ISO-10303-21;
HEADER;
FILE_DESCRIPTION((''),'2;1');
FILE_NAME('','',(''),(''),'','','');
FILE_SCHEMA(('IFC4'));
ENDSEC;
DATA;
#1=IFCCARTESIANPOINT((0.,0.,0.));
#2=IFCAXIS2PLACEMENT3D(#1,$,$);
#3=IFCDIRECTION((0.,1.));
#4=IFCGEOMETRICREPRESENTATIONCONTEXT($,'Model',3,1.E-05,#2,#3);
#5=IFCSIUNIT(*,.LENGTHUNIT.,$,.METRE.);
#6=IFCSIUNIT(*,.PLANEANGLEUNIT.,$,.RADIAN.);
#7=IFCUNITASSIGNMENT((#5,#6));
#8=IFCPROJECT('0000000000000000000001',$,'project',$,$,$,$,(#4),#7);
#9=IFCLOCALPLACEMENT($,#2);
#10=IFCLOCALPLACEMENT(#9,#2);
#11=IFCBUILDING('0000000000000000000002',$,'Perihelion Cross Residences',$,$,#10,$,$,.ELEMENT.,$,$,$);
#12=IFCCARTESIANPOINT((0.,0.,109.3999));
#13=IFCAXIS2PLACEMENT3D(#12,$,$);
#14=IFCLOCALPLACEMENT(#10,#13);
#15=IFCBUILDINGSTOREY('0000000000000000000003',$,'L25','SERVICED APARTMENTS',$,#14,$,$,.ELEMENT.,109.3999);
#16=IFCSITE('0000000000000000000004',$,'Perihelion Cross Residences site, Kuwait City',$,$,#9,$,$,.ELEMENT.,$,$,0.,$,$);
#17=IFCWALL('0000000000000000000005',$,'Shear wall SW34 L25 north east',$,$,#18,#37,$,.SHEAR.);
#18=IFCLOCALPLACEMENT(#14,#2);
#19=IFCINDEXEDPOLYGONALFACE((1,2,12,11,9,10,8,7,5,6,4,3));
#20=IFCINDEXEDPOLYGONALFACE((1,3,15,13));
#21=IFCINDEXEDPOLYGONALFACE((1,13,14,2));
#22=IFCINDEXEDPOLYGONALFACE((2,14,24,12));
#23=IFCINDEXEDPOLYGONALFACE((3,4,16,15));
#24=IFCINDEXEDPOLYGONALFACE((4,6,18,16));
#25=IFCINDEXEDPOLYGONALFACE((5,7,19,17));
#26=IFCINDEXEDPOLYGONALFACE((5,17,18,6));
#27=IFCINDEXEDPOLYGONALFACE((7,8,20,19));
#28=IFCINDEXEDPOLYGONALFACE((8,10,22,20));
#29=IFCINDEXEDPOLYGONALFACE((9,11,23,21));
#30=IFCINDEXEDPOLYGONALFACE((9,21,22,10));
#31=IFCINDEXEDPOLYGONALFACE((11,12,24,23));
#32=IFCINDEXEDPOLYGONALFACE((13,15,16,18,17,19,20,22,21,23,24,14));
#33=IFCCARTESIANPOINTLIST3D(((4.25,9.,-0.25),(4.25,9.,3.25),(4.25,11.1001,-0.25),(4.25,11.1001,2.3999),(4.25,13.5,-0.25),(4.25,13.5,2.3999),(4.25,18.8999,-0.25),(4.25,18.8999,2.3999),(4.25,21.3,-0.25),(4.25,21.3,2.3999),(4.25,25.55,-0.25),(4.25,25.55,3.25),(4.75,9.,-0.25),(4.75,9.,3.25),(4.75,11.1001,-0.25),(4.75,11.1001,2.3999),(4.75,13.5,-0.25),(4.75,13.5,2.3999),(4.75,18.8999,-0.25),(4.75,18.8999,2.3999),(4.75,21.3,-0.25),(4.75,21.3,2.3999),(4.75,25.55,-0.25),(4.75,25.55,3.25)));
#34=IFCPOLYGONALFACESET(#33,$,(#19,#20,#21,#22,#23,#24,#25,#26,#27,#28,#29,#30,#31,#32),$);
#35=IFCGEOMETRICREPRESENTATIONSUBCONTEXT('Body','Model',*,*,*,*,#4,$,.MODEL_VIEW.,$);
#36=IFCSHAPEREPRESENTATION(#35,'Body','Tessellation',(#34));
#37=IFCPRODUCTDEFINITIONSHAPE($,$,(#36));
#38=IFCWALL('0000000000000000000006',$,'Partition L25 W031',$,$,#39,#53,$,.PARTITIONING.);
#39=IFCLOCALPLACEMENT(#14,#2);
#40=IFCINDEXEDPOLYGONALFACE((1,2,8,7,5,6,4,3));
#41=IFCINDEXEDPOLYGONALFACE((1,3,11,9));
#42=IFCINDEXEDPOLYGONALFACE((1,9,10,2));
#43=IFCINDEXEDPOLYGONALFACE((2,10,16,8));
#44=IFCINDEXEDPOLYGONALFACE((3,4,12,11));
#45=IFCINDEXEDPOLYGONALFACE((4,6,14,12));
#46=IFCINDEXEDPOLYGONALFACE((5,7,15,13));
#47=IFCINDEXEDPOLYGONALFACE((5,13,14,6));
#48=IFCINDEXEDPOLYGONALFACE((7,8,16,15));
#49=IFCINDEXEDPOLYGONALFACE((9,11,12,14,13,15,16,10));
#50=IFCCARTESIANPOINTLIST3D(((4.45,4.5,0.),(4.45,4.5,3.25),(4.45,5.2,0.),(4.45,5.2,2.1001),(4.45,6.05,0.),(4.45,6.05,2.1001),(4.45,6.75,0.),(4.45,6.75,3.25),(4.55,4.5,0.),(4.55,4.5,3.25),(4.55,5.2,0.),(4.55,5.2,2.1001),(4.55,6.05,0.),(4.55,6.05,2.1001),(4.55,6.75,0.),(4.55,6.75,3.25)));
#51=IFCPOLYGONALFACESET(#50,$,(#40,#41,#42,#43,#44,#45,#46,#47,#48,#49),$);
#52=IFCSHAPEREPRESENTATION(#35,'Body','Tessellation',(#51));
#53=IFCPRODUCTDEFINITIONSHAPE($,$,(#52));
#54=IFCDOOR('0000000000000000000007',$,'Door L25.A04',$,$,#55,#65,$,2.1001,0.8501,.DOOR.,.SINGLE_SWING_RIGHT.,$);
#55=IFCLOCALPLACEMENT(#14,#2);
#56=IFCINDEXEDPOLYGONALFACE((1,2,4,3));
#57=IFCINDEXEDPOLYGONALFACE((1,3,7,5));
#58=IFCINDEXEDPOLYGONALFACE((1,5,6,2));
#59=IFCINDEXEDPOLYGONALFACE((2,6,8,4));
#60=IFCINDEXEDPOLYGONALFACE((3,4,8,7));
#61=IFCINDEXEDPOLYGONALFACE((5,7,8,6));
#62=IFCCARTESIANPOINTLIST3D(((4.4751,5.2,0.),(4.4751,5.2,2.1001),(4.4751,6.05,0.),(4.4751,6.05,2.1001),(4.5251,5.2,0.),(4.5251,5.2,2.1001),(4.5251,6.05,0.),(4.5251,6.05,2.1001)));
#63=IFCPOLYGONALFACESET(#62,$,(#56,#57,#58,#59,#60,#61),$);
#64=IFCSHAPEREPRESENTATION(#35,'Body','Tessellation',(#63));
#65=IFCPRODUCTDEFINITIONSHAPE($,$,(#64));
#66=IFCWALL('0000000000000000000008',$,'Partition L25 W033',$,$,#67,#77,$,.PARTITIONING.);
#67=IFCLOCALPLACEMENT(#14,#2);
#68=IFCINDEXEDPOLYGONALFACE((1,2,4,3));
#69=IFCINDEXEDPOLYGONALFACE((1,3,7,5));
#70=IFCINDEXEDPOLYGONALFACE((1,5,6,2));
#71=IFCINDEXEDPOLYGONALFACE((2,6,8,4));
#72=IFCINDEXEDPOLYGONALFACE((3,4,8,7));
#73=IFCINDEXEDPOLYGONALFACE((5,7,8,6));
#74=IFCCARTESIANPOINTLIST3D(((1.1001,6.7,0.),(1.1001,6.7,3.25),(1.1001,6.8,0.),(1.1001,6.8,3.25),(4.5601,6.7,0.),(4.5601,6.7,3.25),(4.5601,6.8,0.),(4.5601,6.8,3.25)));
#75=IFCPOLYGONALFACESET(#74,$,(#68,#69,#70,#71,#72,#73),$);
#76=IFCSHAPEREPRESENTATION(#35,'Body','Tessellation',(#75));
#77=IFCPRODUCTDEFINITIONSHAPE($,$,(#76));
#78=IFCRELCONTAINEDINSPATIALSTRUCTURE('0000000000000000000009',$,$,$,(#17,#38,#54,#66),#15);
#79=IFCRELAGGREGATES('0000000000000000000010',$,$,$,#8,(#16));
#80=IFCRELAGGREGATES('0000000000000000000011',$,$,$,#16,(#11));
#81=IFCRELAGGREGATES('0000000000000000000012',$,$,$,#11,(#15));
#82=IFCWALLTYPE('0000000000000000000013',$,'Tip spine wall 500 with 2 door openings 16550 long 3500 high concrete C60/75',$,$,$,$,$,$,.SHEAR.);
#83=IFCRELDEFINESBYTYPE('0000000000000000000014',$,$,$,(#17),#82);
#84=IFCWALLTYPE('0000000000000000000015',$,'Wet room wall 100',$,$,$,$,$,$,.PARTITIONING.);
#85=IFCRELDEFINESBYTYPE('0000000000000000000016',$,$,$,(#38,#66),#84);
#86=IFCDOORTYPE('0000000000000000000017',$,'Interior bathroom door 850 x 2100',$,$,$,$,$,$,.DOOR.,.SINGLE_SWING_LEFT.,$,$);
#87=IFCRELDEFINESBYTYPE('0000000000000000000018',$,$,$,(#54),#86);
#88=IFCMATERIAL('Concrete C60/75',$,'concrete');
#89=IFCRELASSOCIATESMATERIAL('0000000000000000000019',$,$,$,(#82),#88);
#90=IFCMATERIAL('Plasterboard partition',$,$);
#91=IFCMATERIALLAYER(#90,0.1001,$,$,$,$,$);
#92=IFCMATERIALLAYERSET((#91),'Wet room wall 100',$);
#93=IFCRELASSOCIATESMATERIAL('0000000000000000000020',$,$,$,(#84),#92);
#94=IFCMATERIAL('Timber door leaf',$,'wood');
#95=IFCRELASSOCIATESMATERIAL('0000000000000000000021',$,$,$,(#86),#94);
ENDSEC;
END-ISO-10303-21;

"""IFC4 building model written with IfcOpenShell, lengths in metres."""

from ifc_helpers import new_model, si_unit, direction, frame, frame_2d, origin, place, context, subcontext, project, spatial, polyline, rectangle, outline, extrude, material, layer, layer_set, material_profile, profile_set, type_object, element, fill, save


model = new_model("IFC4")

# Units and contexts
model_context = context("Model", 3, precision=1e-05, world=origin(), true_north=direction((0.0, 1.0)))
body_context = subcontext(model_context, "Body", "Model", "MODEL_VIEW")
ifc_project = project(units=[si_unit("LENGTHUNIT", "METRE"), si_unit("PLANEANGLEUNIT", "RADIAN")], contexts=[model_context])

# Site, building, storey
site_placement = place(None, origin())
site = spatial("IfcSite", under=ifc_project, at=site_placement, Name="Perihelion Cross Residences site, Kuwait City", CompositionType="ELEMENT", RefElevation=0.0)
building_placement = place(site_placement, origin())
building = spatial("IfcBuilding", under=site, at=building_placement, Name="Perihelion Cross Residences", CompositionType="ELEMENT")
storey_placement = place(building_placement, frame((0.0, 0.0, 109.3999)))
storey = spatial("IfcBuildingStorey", under=building, at=storey_placement, Name="L25", Description="SERVICED APARTMENTS", CompositionType="ELEMENT", Elevation=109.3999)

# Wall
ifc_material_1 = material(Name="Concrete C60/75", Category="concrete")
ifc_material_profile_1 = material_profile(ifc_material_1, outline(polyline([(0.0, 0.0), (2.1001, 0.0), (2.1001, 2.6499), (4.5, 2.6499), (4.5, 0.0), (9.8999, 0.0), (9.8999, 2.6499), (12.3, 2.6499), (12.3, 0.0), (16.55, 0.0), (16.55, 3.5), (0.0, 3.5), (0.0, 0.0)])), Name="Tip spine wall")
ifc_profile_set_1 = profile_set([ifc_material_profile_1], Name="Concrete C60/75")
wall_type_1 = type_object("IfcWallType", Name="Tip spine wall 500 with 2 door openings 16550 long 3500 high concrete C60/75", PredefinedType="SHEAR", material=ifc_profile_set_1)
wall_1_placement = place(storey_placement, frame((4.25, 9.0, -0.25), z_axis=(1.0, 0.0, 0.0), x_axis=(0.0, 1.0, 0.0)))
element("IfcWall", 1, at=wall_1_placement, inside=storey, type_object=wall_type_1, Name="Shear wall SW34 L25 north east", PredefinedType="SHEAR", context=body_context, shape_type="SweptSolid", body=[
    extrude(outline(polyline([(0.0, 0.0), (2.1001, 0.0), (2.1001, 2.6499), (4.5, 2.6499), (4.5, 0.0), (9.8999, 0.0), (9.8999, 2.6499), (12.3, 2.6499), (12.3, 0.0), (16.55, 0.0), (16.55, 3.5), (0.0, 3.5), (0.0, 0.0)])), origin(), (0.0, 0.0, 1.0), 0.5),
])

# Wall, opening, door
ifc_material_2 = material(Name="Plasterboard partition")
ifc_layer_1 = layer(ifc_material_2, 0.1001)
ifc_layer_set_1 = layer_set([ifc_layer_1], Name="Wet room wall 100")
wall_type_2 = type_object("IfcWallType", Name="Wet room wall 100", PredefinedType="PARTITIONING", material=ifc_layer_set_1)
wall_2_placement = place(storey_placement, frame((4.5, 4.5, 0.0), z_axis=(0.0, 0.0, 1.0), x_axis=(0.0, 1.0, 0.0)))
wall_2 = element("IfcWall", 2, at=wall_2_placement, inside=storey, type_object=wall_type_2, Name="Partition L25 W031", PredefinedType="PARTITIONING", context=body_context, shape_type="SweptSolid", body=[
    extrude(rectangle(XDim=2.25, YDim=0.1001, at=frame_2d((1.125, 0.0))), origin(), (0.0, 0.0, 1.0), 3.25),
])
opening_1_placement = place(wall_2_placement, frame((0.7, 0.0, 0.0)))
opening_1 = element("IfcOpeningElement", 3, at=opening_1_placement, cuts=wall_2, PredefinedType="OPENING", context=body_context, shape_type="SweptSolid", body=[
    extrude(rectangle(XDim=0.8501, YDim=2.1001, at=frame_2d((0.425, 1.05))), frame((0.0, 0.0601, 0.0), z_axis=(0.0, -1.0, 0.0), x_axis=(1.0, 0.0, 0.0)), (0.0, 0.0, 1.0), 0.1201),
])
ifc_material_3 = material(Name="Timber door leaf", Category="wood")
door_type_1 = type_object("IfcDoorType", Name="Interior bathroom door 850 x 2100", OperationType="SINGLE_SWING_LEFT", PredefinedType="DOOR", material=ifc_material_3)
door_1_placement = place(opening_1_placement, origin())
door_1 = element("IfcDoor", 4, at=door_1_placement, inside=storey, type_object=door_type_1, Name="Door L25.A04", OperationType="SINGLE_SWING_RIGHT", OverallHeight=2.1001, OverallWidth=0.8501, PredefinedType="DOOR", context=body_context, shape_type="SweptSolid", body=[
    extrude(rectangle(XDim=0.8501, YDim=2.1001, at=frame_2d((0.425, 1.05))), frame((0.0, 0.0249, 0.0), z_axis=(0.0, -1.0, 0.0), x_axis=(1.0, 0.0, 0.0)), (0.0, 0.0, 1.0), 0.05),
])
fill(opening_1, door_1)

# Wall
wall_3_placement = place(storey_placement, frame((1.1001, 6.75, 0.0), z_axis=(0.0, 0.0, 1.0), x_axis=(1.0, 0.0, 0.0)))
element("IfcWall", 5, at=wall_3_placement, inside=storey, type_object=wall_type_2, Name="Partition L25 W033", PredefinedType="PARTITIONING", context=body_context, shape_type="SweptSolid", body=[
    extrude(rectangle(XDim=3.46, YDim=0.1001, at=frame_2d((1.73, 0.0))), origin(), (0.0, 0.0, 1.0), 3.25),
])

save(model, "model.ifc")
